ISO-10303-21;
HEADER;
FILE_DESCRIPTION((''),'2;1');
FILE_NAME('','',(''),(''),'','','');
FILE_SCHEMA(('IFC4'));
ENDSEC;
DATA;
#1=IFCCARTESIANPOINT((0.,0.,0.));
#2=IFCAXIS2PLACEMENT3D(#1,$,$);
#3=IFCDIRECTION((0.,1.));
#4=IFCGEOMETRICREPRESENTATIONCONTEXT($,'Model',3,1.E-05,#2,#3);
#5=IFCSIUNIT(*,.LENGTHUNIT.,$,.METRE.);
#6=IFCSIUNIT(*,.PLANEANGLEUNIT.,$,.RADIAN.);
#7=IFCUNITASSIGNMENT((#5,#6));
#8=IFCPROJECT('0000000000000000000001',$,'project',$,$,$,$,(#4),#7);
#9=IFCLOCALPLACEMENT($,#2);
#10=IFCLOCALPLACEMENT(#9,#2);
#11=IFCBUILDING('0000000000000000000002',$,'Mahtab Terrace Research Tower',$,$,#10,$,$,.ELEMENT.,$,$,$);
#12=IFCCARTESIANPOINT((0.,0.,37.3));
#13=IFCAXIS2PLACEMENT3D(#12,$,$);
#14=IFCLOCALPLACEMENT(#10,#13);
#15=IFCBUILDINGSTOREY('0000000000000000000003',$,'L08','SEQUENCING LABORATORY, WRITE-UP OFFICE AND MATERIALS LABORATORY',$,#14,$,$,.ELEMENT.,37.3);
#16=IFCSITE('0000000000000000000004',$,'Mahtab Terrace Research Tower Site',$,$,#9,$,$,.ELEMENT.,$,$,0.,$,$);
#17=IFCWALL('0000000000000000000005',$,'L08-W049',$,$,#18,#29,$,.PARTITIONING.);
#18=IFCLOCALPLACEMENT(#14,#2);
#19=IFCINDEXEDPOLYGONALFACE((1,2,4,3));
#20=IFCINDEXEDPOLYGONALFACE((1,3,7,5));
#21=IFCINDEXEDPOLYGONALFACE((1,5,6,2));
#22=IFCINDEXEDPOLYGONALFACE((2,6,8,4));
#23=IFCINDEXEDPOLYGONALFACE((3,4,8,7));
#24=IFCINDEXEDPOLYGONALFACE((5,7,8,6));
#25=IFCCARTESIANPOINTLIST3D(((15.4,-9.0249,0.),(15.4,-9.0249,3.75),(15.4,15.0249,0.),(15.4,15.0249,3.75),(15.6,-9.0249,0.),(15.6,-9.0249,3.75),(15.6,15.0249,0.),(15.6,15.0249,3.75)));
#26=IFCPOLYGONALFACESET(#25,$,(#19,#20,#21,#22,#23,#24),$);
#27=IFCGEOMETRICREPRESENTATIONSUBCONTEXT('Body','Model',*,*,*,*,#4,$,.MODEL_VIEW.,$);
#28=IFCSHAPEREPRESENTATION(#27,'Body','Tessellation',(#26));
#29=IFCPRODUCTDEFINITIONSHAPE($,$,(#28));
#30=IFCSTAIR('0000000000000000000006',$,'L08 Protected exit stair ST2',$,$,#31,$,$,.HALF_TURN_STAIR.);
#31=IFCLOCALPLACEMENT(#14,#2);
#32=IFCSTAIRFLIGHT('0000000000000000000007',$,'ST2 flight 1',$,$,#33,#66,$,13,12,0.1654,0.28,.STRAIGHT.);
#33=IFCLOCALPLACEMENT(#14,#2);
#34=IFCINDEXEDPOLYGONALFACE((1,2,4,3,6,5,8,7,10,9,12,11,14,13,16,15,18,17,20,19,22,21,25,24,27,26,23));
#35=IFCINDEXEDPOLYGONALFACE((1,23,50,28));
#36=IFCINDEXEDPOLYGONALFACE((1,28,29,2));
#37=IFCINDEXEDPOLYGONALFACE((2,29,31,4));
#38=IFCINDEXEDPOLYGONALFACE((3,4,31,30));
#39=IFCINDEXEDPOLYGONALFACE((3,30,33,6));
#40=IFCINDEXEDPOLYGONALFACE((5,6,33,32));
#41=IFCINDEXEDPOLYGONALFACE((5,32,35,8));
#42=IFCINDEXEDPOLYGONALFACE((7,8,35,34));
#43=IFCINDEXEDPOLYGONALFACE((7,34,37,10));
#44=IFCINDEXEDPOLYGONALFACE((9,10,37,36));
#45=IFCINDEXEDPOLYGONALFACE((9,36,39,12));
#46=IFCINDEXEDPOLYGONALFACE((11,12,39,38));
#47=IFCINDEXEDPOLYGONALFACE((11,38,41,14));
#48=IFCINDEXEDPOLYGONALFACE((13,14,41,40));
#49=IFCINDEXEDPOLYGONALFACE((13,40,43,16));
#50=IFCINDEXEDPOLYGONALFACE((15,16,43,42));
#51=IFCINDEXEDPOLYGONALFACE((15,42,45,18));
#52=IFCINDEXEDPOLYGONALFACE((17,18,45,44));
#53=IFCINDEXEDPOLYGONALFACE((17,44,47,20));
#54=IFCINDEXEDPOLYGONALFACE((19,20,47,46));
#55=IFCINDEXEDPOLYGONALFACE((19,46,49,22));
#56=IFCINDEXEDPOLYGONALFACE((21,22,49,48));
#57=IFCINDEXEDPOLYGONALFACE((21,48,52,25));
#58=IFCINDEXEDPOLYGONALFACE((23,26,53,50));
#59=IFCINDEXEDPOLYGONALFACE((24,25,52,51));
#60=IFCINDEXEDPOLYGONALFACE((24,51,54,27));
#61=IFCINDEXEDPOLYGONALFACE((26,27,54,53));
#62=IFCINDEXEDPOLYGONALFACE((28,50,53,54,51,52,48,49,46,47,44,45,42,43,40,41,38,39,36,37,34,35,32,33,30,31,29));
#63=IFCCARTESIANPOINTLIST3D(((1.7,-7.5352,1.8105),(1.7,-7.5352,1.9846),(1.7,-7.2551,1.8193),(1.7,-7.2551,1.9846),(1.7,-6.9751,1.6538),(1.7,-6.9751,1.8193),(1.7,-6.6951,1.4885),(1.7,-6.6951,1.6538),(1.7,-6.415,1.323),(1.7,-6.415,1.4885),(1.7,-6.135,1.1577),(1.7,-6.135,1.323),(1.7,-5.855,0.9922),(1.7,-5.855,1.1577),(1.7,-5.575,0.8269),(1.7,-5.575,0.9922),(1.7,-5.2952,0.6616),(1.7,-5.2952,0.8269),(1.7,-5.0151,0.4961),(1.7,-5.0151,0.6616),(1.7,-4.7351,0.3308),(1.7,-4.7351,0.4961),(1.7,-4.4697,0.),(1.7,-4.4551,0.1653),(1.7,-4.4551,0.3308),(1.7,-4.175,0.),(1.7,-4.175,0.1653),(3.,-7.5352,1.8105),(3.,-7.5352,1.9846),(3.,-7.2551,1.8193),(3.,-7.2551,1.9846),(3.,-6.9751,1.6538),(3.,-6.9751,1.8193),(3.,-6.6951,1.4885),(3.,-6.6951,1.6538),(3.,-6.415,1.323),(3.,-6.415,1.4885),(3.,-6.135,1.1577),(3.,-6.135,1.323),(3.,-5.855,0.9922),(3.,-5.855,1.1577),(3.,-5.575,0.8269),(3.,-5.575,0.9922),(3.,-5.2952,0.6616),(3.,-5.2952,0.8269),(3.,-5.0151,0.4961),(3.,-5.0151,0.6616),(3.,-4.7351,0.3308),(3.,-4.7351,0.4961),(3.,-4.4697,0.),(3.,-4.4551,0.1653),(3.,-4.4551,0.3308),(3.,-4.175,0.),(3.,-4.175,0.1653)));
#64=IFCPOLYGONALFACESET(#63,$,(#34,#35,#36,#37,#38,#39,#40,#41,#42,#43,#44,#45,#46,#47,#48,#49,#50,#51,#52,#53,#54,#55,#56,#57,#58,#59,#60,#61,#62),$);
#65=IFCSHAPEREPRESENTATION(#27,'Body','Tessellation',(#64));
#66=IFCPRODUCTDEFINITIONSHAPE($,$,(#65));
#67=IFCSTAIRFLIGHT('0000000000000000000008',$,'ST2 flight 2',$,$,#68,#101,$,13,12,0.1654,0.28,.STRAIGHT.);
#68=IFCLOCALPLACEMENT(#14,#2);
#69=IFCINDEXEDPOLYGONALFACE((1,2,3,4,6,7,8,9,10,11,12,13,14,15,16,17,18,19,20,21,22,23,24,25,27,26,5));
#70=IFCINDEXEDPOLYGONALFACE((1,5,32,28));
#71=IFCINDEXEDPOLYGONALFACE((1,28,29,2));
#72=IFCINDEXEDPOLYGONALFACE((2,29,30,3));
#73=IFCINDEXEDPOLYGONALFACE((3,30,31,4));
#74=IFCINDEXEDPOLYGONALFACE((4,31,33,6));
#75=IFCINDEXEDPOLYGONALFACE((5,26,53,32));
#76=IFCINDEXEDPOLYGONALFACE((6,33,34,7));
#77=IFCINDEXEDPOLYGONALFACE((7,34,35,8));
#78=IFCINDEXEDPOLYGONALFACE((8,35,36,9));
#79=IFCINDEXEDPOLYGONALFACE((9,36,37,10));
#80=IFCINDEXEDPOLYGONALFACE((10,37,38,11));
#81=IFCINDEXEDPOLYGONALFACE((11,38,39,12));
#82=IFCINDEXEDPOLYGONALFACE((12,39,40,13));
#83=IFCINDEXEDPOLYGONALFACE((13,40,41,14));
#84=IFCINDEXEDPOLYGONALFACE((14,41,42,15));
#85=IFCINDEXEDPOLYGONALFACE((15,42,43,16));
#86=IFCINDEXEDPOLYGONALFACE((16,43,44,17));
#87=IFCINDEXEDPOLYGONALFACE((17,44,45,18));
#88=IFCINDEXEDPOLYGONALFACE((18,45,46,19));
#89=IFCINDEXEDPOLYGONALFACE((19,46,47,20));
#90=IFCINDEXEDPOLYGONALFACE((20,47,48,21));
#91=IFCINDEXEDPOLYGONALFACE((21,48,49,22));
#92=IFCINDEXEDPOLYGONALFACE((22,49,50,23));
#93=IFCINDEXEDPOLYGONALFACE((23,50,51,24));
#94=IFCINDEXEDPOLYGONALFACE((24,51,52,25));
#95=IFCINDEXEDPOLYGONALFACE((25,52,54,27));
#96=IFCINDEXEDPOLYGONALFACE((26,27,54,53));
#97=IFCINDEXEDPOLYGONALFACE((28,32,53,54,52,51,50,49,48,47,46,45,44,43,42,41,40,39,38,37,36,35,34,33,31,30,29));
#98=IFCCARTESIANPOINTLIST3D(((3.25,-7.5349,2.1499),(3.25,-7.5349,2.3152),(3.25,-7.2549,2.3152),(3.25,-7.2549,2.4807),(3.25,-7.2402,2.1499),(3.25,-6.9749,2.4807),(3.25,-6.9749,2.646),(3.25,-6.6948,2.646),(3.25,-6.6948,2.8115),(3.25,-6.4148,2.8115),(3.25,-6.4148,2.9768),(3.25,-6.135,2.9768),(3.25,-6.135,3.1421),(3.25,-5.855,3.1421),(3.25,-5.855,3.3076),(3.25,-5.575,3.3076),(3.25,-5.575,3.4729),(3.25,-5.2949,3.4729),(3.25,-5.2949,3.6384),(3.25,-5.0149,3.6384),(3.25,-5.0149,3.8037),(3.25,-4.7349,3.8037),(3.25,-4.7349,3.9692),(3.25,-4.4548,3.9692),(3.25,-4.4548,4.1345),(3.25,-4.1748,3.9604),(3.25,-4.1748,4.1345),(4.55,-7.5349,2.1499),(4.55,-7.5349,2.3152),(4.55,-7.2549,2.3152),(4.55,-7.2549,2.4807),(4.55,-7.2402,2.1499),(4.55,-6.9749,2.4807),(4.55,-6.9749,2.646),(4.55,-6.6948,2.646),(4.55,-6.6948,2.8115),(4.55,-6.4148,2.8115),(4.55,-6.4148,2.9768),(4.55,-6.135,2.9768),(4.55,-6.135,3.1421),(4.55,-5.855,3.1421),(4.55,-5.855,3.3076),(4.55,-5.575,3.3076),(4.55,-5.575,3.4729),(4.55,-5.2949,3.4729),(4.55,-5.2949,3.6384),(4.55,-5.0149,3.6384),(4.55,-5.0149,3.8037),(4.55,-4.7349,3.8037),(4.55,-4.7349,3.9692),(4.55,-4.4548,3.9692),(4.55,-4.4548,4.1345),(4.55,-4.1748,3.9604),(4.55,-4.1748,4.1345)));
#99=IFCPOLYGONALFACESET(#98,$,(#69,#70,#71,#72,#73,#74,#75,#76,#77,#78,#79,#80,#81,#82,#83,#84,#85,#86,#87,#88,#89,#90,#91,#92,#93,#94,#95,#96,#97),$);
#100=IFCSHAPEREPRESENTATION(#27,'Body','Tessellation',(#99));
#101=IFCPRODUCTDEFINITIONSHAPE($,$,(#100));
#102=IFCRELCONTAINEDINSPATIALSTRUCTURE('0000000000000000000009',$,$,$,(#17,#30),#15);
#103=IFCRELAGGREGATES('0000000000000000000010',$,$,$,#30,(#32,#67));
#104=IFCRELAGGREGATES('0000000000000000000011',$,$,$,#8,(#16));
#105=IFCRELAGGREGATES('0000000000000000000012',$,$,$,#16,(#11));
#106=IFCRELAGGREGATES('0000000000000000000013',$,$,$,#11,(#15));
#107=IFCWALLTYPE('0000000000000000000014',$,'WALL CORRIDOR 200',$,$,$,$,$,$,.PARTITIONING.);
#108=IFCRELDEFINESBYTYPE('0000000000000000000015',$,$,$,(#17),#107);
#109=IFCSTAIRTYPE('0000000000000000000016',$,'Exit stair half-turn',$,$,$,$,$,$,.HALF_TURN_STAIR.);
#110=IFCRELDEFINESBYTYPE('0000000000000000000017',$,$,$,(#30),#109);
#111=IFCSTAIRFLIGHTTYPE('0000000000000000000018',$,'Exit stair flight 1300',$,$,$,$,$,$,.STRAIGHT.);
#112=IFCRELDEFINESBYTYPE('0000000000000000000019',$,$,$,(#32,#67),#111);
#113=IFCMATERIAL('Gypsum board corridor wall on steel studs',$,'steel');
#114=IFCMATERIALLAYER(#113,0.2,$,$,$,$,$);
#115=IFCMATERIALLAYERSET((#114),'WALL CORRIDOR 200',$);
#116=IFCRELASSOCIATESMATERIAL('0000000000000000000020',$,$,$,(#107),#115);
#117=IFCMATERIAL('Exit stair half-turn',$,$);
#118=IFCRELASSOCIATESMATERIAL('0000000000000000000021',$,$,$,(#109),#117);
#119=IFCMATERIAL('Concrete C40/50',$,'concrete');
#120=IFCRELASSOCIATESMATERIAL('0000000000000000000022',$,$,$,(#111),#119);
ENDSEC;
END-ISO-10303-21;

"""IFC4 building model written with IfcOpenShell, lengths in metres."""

from ifc_helpers import new_model, si_unit, direction, frame, frame_2d, origin, place, context, subcontext, project, spatial, polyline, rectangle, outline, extrude, material, layer, layer_set, type_object, element, aggregate, save


model = new_model("IFC4")

# Units and contexts
model_context = context("Model", 3, precision=1e-05, world=origin(), true_north=direction((0.0, 1.0)))
body_context = subcontext(model_context, "Body", "Model", "MODEL_VIEW")
ifc_project = project(units=[si_unit("LENGTHUNIT", "METRE"), si_unit("PLANEANGLEUNIT", "RADIAN")], contexts=[model_context])

# Site, building, storey
site_placement = place(None, origin())
site = spatial("IfcSite", under=ifc_project, at=site_placement, Name="Mahtab Terrace Research Tower Site", CompositionType="ELEMENT", RefElevation=0.0)
building_placement = place(site_placement, origin())
building = spatial("IfcBuilding", under=site, at=building_placement, Name="Mahtab Terrace Research Tower", CompositionType="ELEMENT")
storey_placement = place(building_placement, frame((0.0, 0.0, 37.3)))
storey = spatial("IfcBuildingStorey", under=building, at=storey_placement, Name="L08", Description="SEQUENCING LABORATORY, WRITE-UP OFFICE AND MATERIALS LABORATORY", CompositionType="ELEMENT", Elevation=37.3)

# Shared definitions
ifc_material_1 = material(Name="Gypsum board corridor wall on steel studs", Category="steel")
ifc_layer_1 = layer(ifc_material_1, 0.2)
ifc_layer_set_1 = layer_set([ifc_layer_1], Name="WALL CORRIDOR 200")
wall_type_1 = type_object("IfcWallType", Name="WALL CORRIDOR 200", PredefinedType="PARTITIONING", material=ifc_layer_set_1)

# Wall
wall_1_placement = place(storey_placement, frame((15.5, -9.0249, 0.0), z_axis=(0.0, 0.0, 1.0), x_axis=(0.0, 1.0, 0.0)))
element("IfcWall", 1, at=wall_1_placement, inside=storey, type_object=wall_type_1, Name="L08-W049", PredefinedType="PARTITIONING", context=body_context, shape_type="SweptSolid", body=[
    extrude(rectangle(XDim=24.0498, YDim=0.2, at=frame_2d((12.0249, 0.0))), origin(), (0.0, 0.0, 1.0), 3.75),
])

# Stair, stair flights
ifc_material_2 = material(Name="Exit stair half-turn")
stair_type = type_object("IfcStairType", Name="Exit stair half-turn", PredefinedType="HALF_TURN_STAIR", material=ifc_material_2)
stair_placement = place(storey_placement, origin())
stair = element("IfcStair", 2, at=stair_placement, inside=storey, type_object=stair_type, Name="L08 Protected exit stair ST2", PredefinedType="HALF_TURN_STAIR")
ifc_material_3 = material(Name="Concrete C40/50", Category="concrete")
stair_flight_type = type_object("IfcStairFlightType", Name="Exit stair flight 1300", PredefinedType="STRAIGHT", material=ifc_material_3)
stair_flight_1_placement = place(storey_placement, frame((2.3501, -4.175, 0.0), z_axis=(0.0, 0.0, 1.0), x_axis=(0.0, -1.0, 0.0)))
stair_flight_1 = element("IfcStairFlight", 3, at=stair_flight_1_placement, type_object=stair_flight_type, Name="ST2 flight 1", NumberOfRisers=13, NumberOfTreads=12, PredefinedType="STRAIGHT", RiserHeight=0.1654, TreadLength=0.28, context=body_context, shape_type="SweptSolid", body=[
    extrude(outline(polyline([(0.0, 0.0), (0.0, 0.1653), (0.28, 0.1653), (0.28, 0.3308), (0.5601, 0.3308), (0.5601, 0.4961), (0.8401, 0.4961), (0.8401, 0.6616), (1.1201, 0.6616), (1.1201, 0.8269), (1.3999, 0.8269), (1.3999, 0.9922), (1.6799, 0.9922), (1.6799, 1.1577), (1.96, 1.1577), (1.96, 1.323), (2.24, 1.323), (2.24, 1.4885), (2.52, 1.4885), (2.52, 1.6538), (2.8, 1.6538), (2.8, 1.8193), (3.0801, 1.8193), (3.0801, 1.9846), (3.3601, 1.9846), (3.3601, 2.1499), (3.3601, 1.8105), (0.2947, 0.0), (0.0, 0.0)])), frame((0.0, 0.6499, 0.0), z_axis=(0.0, -1.0, 0.0), x_axis=(1.0, 0.0, 0.0)), (0.0, 0.0, 1.0), 1.3),
])
stair_flight_2_placement = place(storey_placement, frame((3.8999, -7.5349, 2.1499), z_axis=(0.0, 0.0, 1.0), x_axis=(0.0, 1.0, 0.0)))
stair_flight_2 = element("IfcStairFlight", 4, at=stair_flight_2_placement, type_object=stair_flight_type, Name="ST2 flight 2", NumberOfRisers=13, NumberOfTreads=12, PredefinedType="STRAIGHT", RiserHeight=0.1654, TreadLength=0.28, context=body_context, shape_type="SweptSolid", body=[
    extrude(outline(polyline([(0.0, 0.0), (0.0, 0.1653), (0.28, 0.1653), (0.28, 0.3308), (0.5601, 0.3308), (0.5601, 0.4961), (0.8401, 0.4961), (0.8401, 0.6616), (1.1201, 0.6616), (1.1201, 0.8269), (1.3999, 0.8269), (1.3999, 0.9922), (1.6799, 0.9922), (1.6799, 1.1577), (1.96, 1.1577), (1.96, 1.323), (2.24, 1.323), (2.24, 1.4885), (2.52, 1.4885), (2.52, 1.6538), (2.8, 1.6538), (2.8, 1.8193), (3.0801, 1.8193), (3.0801, 1.9846), (3.3601, 1.9846), (3.3601, 2.1499), (3.3601, 1.8105), (0.2947, 0.0), (0.0, 0.0)])), frame((0.0, 0.6499, 0.0), z_axis=(0.0, -1.0, 0.0), x_axis=(1.0, 0.0, 0.0)), (0.0, 0.0, 1.0), 1.3),
])
aggregate(stair, [stair_flight_1, stair_flight_2])

save(model, "model.ifc")
